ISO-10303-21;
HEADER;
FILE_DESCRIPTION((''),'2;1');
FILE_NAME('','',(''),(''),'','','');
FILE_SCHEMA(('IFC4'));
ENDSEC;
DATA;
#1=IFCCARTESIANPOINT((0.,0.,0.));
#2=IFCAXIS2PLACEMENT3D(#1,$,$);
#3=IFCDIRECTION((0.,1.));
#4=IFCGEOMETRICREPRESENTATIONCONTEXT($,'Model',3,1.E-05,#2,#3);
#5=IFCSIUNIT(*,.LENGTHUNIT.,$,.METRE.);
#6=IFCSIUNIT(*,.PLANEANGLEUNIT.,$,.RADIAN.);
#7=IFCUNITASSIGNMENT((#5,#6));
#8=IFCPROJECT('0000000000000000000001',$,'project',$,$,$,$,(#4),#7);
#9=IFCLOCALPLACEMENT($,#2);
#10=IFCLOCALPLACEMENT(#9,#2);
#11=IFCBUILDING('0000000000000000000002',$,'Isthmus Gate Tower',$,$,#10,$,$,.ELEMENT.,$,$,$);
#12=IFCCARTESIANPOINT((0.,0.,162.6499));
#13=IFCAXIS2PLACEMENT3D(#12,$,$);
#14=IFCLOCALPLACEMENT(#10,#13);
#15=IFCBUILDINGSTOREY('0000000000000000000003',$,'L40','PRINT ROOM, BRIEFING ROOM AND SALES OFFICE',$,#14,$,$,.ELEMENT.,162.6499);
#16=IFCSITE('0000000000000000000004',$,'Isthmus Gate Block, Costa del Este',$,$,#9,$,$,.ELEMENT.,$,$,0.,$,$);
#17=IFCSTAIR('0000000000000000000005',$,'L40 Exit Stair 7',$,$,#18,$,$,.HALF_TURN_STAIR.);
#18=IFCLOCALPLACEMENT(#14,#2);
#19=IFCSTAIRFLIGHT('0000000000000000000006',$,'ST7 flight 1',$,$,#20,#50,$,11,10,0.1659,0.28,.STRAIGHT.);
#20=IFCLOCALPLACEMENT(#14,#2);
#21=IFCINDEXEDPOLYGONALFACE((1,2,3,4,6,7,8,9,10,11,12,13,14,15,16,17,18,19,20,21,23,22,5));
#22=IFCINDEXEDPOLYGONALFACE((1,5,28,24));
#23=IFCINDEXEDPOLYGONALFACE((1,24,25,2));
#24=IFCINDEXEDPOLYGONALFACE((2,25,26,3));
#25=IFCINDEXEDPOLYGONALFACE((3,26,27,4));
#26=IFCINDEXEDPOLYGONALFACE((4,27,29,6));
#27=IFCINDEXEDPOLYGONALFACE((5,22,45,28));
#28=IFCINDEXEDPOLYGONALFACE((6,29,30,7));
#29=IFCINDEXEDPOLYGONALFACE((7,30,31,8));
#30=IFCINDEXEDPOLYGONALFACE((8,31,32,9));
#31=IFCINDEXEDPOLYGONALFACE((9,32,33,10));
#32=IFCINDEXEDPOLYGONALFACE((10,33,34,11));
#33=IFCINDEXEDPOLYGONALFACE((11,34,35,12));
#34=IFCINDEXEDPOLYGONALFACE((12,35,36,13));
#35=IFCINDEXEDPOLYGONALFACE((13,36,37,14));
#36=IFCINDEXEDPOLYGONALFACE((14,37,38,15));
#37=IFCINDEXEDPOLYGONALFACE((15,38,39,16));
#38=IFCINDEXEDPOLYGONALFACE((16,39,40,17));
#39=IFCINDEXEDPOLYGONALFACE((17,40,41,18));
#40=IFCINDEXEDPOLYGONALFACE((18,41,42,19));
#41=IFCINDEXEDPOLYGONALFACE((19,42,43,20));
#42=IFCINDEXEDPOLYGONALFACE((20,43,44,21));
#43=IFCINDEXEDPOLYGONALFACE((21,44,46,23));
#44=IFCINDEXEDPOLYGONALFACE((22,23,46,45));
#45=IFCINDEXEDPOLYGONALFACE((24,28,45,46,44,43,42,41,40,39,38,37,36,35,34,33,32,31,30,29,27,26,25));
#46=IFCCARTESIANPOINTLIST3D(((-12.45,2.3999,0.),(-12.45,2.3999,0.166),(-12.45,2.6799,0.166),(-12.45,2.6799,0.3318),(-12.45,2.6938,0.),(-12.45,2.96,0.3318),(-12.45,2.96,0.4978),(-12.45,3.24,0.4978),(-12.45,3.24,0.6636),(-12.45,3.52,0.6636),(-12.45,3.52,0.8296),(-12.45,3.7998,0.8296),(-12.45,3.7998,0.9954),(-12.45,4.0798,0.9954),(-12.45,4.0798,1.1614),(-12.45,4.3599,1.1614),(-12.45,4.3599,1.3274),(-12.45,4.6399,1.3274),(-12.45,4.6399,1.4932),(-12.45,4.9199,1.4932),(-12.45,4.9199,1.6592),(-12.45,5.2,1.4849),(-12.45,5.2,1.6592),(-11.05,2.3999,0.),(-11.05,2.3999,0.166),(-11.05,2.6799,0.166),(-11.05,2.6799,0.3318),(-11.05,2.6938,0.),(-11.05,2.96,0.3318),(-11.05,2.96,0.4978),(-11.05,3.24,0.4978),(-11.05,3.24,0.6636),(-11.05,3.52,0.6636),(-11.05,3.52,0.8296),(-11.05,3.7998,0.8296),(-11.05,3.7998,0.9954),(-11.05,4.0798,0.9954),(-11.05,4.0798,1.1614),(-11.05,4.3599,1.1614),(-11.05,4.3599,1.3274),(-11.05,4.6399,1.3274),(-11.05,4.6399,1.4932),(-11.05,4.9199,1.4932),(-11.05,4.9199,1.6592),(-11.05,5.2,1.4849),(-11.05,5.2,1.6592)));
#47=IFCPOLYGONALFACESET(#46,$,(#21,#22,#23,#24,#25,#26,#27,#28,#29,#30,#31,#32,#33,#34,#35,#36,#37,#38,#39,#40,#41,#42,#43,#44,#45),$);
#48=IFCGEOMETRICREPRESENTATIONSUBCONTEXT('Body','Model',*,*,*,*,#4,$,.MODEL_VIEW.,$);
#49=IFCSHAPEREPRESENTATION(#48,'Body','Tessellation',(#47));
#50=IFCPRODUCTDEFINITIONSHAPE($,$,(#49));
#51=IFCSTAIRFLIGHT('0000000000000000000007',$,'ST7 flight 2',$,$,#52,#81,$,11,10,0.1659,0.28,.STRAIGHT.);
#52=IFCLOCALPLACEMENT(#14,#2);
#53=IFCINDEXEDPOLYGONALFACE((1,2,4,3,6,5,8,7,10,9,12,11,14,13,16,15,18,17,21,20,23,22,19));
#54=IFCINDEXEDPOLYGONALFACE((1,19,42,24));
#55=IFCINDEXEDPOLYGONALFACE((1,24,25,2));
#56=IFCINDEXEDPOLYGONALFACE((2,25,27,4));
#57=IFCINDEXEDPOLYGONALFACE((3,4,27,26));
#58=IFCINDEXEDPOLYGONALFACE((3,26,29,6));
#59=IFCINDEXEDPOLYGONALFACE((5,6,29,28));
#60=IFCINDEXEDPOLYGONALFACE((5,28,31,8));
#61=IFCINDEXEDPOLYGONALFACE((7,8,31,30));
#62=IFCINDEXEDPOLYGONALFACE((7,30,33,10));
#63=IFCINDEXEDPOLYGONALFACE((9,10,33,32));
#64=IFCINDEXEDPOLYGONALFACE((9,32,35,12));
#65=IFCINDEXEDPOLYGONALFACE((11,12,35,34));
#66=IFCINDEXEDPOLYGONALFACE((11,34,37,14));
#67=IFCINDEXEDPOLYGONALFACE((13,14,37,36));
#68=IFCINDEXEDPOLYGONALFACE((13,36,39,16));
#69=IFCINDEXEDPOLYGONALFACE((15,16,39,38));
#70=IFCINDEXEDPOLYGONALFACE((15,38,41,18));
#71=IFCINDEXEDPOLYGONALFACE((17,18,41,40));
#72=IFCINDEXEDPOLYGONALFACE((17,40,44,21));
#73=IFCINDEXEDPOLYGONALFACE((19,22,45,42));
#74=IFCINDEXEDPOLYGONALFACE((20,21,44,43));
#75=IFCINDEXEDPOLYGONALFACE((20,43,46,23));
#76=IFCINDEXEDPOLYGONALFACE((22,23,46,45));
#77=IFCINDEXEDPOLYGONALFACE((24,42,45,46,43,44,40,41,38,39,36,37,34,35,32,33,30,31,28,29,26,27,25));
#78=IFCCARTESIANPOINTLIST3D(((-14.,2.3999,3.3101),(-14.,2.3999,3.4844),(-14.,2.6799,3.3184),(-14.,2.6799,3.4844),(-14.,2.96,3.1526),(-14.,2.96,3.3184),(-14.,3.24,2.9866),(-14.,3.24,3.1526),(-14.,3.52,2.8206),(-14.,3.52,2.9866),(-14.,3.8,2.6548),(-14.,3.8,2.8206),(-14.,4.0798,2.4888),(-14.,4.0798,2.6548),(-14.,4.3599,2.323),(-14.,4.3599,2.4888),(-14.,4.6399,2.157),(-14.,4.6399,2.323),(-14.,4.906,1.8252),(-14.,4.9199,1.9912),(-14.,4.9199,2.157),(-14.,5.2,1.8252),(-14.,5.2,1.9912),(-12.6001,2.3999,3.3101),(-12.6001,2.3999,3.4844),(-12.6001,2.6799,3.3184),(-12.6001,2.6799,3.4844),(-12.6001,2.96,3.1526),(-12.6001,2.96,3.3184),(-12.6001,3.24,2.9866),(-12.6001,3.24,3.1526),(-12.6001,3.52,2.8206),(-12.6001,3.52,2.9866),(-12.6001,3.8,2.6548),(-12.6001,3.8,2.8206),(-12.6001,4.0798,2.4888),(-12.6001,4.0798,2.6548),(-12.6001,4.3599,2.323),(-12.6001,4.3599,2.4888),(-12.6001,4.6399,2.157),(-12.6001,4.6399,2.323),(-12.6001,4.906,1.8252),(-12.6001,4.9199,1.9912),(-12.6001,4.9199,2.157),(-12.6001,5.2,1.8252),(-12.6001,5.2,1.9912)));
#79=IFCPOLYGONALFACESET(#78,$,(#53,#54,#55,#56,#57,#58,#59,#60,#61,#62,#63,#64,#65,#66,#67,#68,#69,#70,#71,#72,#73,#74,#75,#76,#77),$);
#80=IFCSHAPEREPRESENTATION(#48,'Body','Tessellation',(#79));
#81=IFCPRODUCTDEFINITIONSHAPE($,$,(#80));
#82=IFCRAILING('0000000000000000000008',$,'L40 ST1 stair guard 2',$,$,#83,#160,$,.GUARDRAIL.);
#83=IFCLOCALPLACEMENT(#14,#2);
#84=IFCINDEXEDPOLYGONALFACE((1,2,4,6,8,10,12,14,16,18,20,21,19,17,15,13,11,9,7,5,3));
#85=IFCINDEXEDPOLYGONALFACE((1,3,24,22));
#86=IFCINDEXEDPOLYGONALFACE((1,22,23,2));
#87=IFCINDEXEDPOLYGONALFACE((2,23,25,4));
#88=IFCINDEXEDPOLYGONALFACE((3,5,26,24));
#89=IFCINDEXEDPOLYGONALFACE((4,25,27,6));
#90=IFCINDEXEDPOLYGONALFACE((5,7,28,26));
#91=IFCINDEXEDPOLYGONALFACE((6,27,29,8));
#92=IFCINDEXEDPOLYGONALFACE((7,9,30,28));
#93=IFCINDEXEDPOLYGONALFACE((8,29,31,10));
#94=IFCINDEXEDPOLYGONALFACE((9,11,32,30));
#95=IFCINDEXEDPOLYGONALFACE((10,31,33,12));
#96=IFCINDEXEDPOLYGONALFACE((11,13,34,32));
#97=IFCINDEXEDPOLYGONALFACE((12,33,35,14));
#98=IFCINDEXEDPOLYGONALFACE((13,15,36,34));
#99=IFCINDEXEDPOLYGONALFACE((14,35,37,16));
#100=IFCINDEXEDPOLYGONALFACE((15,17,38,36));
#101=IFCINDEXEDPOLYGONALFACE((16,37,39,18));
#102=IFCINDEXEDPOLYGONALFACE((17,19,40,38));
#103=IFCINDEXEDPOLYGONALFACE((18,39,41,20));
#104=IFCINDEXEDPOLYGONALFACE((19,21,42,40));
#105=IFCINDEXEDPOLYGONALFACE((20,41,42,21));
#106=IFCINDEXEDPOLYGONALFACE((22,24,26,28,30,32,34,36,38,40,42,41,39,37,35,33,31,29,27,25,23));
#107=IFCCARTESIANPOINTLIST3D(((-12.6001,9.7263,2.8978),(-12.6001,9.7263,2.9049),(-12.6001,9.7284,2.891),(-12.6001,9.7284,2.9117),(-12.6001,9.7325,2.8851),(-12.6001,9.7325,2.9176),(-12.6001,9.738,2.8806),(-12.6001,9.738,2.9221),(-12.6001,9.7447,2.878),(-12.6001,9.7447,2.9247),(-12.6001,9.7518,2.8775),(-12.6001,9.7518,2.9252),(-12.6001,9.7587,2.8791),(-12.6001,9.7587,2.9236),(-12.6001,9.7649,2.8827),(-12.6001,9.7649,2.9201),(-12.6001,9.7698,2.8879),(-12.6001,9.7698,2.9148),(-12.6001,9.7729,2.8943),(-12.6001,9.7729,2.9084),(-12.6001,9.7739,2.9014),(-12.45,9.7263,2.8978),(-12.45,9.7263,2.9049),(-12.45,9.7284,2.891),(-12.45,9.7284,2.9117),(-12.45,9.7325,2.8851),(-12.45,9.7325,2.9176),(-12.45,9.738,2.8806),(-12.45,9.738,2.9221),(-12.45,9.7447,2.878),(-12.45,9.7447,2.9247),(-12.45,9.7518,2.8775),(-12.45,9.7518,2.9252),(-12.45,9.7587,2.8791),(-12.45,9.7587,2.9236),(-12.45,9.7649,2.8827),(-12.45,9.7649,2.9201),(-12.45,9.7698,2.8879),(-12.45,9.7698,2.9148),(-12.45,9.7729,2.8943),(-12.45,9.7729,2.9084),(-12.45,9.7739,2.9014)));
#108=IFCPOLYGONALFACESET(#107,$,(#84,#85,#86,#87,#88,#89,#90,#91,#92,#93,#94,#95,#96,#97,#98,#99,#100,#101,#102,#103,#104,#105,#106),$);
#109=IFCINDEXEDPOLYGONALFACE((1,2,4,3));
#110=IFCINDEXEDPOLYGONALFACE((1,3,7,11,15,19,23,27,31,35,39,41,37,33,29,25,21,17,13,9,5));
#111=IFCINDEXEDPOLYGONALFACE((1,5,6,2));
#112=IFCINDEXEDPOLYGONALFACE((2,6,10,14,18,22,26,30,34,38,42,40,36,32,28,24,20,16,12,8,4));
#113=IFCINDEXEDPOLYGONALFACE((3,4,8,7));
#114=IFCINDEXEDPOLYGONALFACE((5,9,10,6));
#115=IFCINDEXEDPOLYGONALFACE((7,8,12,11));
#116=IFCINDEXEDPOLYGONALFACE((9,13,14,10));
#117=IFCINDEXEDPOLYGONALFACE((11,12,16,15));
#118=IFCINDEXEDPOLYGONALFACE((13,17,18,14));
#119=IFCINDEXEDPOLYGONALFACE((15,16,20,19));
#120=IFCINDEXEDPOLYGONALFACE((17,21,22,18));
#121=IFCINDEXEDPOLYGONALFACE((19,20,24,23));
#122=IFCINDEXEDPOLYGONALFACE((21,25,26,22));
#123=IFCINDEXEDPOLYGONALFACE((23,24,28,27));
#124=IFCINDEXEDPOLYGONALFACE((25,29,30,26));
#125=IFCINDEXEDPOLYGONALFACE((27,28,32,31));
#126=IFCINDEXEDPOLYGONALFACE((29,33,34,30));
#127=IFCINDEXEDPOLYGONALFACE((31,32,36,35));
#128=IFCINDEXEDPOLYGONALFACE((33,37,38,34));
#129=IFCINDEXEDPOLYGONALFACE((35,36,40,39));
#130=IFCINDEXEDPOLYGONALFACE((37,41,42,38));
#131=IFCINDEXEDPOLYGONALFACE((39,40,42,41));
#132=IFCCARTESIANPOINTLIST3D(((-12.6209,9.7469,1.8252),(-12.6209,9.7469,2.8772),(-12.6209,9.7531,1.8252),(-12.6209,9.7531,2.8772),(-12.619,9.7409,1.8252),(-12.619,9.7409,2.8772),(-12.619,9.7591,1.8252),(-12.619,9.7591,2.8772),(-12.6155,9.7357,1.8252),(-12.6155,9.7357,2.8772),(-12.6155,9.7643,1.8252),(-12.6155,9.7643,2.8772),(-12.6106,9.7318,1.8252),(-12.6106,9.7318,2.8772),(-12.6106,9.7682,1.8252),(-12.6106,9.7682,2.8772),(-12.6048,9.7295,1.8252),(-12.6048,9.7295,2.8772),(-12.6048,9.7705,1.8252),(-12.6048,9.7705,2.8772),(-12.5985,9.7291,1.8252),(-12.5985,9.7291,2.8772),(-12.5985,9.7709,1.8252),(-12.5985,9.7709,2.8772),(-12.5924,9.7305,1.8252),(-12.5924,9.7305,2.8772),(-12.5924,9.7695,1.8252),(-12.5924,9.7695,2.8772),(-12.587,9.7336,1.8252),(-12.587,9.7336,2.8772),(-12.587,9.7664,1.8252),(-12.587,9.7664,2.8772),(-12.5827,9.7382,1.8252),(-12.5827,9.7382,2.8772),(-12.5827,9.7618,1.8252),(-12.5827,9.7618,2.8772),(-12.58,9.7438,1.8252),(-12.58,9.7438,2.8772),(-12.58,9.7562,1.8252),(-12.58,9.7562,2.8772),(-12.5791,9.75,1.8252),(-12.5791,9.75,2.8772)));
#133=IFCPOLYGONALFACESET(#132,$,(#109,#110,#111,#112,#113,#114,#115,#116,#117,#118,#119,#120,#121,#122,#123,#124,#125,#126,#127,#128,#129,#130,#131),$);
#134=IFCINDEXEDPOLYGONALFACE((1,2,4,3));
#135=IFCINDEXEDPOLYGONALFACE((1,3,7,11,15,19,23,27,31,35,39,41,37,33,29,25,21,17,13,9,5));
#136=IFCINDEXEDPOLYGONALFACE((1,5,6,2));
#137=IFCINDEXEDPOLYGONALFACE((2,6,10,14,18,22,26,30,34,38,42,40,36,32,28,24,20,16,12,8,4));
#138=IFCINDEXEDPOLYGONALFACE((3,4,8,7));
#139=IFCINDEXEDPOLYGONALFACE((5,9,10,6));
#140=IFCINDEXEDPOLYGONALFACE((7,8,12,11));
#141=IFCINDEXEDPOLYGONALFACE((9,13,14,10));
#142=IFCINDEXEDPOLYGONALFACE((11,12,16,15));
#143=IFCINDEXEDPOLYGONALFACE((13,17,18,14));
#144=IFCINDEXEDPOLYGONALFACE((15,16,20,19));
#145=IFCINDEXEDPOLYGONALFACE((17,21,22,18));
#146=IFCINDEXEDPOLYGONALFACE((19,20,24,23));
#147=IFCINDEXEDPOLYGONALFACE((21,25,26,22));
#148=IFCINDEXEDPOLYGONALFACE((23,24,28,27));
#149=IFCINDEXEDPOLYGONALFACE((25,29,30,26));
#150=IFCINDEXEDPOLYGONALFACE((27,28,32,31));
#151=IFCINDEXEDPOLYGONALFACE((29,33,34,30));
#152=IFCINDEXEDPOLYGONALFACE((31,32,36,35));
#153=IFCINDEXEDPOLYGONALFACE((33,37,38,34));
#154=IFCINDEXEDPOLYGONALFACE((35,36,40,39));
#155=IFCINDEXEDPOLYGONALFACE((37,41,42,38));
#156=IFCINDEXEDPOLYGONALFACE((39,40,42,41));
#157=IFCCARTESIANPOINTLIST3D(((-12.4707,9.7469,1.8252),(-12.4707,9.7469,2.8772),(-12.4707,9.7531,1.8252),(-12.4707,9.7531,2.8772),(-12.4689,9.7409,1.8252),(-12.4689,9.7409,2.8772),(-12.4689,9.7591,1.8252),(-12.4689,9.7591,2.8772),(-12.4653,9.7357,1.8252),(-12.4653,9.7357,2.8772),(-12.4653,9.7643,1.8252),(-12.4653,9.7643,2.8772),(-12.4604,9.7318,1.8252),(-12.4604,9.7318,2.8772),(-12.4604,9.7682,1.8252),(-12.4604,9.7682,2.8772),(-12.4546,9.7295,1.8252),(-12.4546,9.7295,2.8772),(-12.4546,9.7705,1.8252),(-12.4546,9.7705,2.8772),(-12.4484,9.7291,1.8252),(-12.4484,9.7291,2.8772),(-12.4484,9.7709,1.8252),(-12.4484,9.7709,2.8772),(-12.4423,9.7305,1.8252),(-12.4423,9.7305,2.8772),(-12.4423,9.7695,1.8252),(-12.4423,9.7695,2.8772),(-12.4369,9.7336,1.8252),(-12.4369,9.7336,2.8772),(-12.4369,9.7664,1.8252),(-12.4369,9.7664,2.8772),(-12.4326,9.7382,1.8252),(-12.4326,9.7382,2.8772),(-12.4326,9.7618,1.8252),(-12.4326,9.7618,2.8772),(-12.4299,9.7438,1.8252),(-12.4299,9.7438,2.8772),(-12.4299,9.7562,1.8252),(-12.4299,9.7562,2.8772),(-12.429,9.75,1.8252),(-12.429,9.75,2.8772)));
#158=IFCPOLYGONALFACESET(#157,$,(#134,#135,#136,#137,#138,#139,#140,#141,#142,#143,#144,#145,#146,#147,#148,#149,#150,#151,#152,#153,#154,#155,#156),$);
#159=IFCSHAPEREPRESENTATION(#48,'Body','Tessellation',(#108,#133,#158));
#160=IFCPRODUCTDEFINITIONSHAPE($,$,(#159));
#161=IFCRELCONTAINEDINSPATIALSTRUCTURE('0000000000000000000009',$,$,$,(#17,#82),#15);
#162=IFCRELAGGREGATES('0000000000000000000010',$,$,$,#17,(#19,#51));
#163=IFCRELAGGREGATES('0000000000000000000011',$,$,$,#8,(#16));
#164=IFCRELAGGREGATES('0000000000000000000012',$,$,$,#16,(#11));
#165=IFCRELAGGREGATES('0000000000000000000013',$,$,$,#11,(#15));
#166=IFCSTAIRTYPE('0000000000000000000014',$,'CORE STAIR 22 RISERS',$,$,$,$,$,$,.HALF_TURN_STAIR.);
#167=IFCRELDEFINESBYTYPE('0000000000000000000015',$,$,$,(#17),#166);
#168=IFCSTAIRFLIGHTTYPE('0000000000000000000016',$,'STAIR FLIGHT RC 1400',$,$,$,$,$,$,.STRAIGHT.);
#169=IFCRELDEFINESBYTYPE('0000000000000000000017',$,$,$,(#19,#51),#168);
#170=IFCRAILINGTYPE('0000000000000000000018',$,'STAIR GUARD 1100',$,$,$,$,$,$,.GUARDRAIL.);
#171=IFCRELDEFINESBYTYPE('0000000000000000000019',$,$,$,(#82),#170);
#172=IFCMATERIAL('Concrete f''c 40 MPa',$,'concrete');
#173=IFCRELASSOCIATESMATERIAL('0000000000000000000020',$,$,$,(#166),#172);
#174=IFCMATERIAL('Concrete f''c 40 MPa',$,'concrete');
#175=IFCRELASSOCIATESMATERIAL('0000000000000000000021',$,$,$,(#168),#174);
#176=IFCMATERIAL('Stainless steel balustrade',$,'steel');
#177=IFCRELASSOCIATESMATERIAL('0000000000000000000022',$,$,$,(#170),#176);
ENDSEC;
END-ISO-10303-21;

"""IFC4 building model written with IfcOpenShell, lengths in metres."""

from ifc_helpers import new_model, si_unit, direction, frame, origin, origin_2d, place, context, subcontext, project, spatial, polyline, circle, outline, extrude, material, type_object, element, aggregate, save


model = new_model("IFC4")

# Units and contexts
model_context = context("Model", 3, precision=1e-05, world=origin(), true_north=direction((0.0, 1.0)))
body_context = subcontext(model_context, "Body", "Model", "MODEL_VIEW")
ifc_project = project(units=[si_unit("LENGTHUNIT", "METRE"), si_unit("PLANEANGLEUNIT", "RADIAN")], contexts=[model_context])

# Site, building, storey
site_placement = place(None, origin())
site = spatial("IfcSite", under=ifc_project, at=site_placement, Name="Isthmus Gate Block, Costa del Este", CompositionType="ELEMENT", RefElevation=0.0)
building_placement = place(site_placement, origin())
building = spatial("IfcBuilding", under=site, at=building_placement, Name="Isthmus Gate Tower", CompositionType="ELEMENT")
storey_placement = place(building_placement, frame((0.0, 0.0, 162.6499)))
storey = spatial("IfcBuildingStorey", under=building, at=storey_placement, Name="L40", Description="PRINT ROOM, BRIEFING ROOM AND SALES OFFICE", CompositionType="ELEMENT", Elevation=162.6499)

# Shared definitions
ifc_material_1 = material(Name="Concrete f'c 40 MPa", Category="concrete")
stair_type = type_object("IfcStairType", Name="CORE STAIR 22 RISERS", PredefinedType="HALF_TURN_STAIR", material=ifc_material_1)
ifc_material_2 = material(Name="Concrete f'c 40 MPa", Category="concrete")
stair_flight_type = type_object("IfcStairFlightType", Name="STAIR FLIGHT RC 1400", PredefinedType="STRAIGHT", material=ifc_material_2)

# Stair, stair flights
stair_1_placement = place(storey_placement, origin())
stair_1 = element("IfcStair", 1, at=stair_1_placement, inside=storey, type_object=stair_type, Name="L40 Exit Stair 7", PredefinedType="HALF_TURN_STAIR")
stair_flight_1_placement = place(storey_placement, frame((-11.75, 2.3999, 0.0), z_axis=(0.0, 0.0, 1.0), x_axis=(0.0, 1.0, 0.0)))
stair_flight_1 = element("IfcStairFlight", 2, at=stair_flight_1_placement, type_object=stair_flight_type, Name="ST7 flight 1", NumberOfRisers=11, NumberOfTreads=10, PredefinedType="STRAIGHT", RiserHeight=0.1659, TreadLength=0.28, context=body_context, shape_type="SweptSolid", body=[
    extrude(outline(polyline([(0.0, 0.0), (0.0, 0.166), (0.28, 0.166), (0.28, 0.3318), (0.5601, 0.3318), (0.5601, 0.4978), (0.8401, 0.4978), (0.8401, 0.6636), (1.1201, 0.6636), (1.1201, 0.8296), (1.3999, 0.8296), (1.3999, 0.9954), (1.6799, 0.9954), (1.6799, 1.1614), (1.96, 1.1614), (1.96, 1.3274), (2.24, 1.3274), (2.24, 1.4932), (2.52, 1.4932), (2.52, 1.6592), (2.8, 1.6592), (2.8, 1.825), (2.8, 1.4849), (0.2939, 0.0), (0.0, 0.0)])), frame((0.0, 0.7, 0.0), z_axis=(0.0, -1.0, 0.0), x_axis=(1.0, 0.0, 0.0)), (0.0, 0.0, 1.0), 1.3999),
])
stair_flight_2_placement = place(storey_placement, frame((-13.3, 5.2, 1.8252), z_axis=(0.0, 0.0, 1.0), x_axis=(0.0, -1.0, 0.0)))
stair_flight_2 = element("IfcStairFlight", 3, at=stair_flight_2_placement, type_object=stair_flight_type, Name="ST7 flight 2", NumberOfRisers=11, NumberOfTreads=10, PredefinedType="STRAIGHT", RiserHeight=0.1659, TreadLength=0.28, context=body_context, shape_type="SweptSolid", body=[
    extrude(outline(polyline([(0.0, 0.0), (0.0, 0.166), (0.28, 0.166), (0.28, 0.3318), (0.5601, 0.3318), (0.5601, 0.4978), (0.8401, 0.4978), (0.8401, 0.6636), (1.1201, 0.6636), (1.1201, 0.8296), (1.3999, 0.8296), (1.3999, 0.9954), (1.6799, 0.9954), (1.6799, 1.1614), (1.96, 1.1614), (1.96, 1.3274), (2.24, 1.3274), (2.24, 1.4932), (2.52, 1.4932), (2.52, 1.6592), (2.8, 1.6592), (2.8, 1.825), (2.8, 1.4849), (0.2939, 0.0), (0.0, 0.0)])), frame((0.0, 0.7, 0.0), z_axis=(0.0, -1.0, 0.0), x_axis=(1.0, 0.0, 0.0)), (0.0, 0.0, 1.0), 1.3999),
])
aggregate(stair_1, [stair_flight_1, stair_flight_2])

# Railing
ifc_material_3 = material(Name="Stainless steel balustrade", Category="steel")
railing_type_1 = type_object("IfcRailingType", Name="STAIR GUARD 1100", PredefinedType="GUARDRAIL", material=ifc_material_3)
railing_1_placement = place(storey_placement, frame((-12.6001, 9.75, 1.8252)))
element("IfcRailing", 4, at=railing_1_placement, inside=storey, type_object=railing_type_1, Name="L40 ST1 stair guard 2", PredefinedType="GUARDRAIL", context=body_context, shape_type="SweptSolid", body=[
    extrude(circle(Radius=0.0239, at=origin_2d()), frame((0.0, 0.0, 1.0762), z_axis=(1.0, 0.0, 0.0), x_axis=(0.0, 1.0, 0.0)), (0.0, 0.0, 1.0), 0.1501),
    extrude(circle(Radius=0.021, at=origin_2d()), origin(), (0.0, 0.0, 1.0), 1.052),
    extrude(circle(Radius=0.021, at=origin_2d()), frame((0.1501, 0.0, 0.0)), (0.0, 0.0, 1.0), 1.052),
])

save(model, "model.ifc")
